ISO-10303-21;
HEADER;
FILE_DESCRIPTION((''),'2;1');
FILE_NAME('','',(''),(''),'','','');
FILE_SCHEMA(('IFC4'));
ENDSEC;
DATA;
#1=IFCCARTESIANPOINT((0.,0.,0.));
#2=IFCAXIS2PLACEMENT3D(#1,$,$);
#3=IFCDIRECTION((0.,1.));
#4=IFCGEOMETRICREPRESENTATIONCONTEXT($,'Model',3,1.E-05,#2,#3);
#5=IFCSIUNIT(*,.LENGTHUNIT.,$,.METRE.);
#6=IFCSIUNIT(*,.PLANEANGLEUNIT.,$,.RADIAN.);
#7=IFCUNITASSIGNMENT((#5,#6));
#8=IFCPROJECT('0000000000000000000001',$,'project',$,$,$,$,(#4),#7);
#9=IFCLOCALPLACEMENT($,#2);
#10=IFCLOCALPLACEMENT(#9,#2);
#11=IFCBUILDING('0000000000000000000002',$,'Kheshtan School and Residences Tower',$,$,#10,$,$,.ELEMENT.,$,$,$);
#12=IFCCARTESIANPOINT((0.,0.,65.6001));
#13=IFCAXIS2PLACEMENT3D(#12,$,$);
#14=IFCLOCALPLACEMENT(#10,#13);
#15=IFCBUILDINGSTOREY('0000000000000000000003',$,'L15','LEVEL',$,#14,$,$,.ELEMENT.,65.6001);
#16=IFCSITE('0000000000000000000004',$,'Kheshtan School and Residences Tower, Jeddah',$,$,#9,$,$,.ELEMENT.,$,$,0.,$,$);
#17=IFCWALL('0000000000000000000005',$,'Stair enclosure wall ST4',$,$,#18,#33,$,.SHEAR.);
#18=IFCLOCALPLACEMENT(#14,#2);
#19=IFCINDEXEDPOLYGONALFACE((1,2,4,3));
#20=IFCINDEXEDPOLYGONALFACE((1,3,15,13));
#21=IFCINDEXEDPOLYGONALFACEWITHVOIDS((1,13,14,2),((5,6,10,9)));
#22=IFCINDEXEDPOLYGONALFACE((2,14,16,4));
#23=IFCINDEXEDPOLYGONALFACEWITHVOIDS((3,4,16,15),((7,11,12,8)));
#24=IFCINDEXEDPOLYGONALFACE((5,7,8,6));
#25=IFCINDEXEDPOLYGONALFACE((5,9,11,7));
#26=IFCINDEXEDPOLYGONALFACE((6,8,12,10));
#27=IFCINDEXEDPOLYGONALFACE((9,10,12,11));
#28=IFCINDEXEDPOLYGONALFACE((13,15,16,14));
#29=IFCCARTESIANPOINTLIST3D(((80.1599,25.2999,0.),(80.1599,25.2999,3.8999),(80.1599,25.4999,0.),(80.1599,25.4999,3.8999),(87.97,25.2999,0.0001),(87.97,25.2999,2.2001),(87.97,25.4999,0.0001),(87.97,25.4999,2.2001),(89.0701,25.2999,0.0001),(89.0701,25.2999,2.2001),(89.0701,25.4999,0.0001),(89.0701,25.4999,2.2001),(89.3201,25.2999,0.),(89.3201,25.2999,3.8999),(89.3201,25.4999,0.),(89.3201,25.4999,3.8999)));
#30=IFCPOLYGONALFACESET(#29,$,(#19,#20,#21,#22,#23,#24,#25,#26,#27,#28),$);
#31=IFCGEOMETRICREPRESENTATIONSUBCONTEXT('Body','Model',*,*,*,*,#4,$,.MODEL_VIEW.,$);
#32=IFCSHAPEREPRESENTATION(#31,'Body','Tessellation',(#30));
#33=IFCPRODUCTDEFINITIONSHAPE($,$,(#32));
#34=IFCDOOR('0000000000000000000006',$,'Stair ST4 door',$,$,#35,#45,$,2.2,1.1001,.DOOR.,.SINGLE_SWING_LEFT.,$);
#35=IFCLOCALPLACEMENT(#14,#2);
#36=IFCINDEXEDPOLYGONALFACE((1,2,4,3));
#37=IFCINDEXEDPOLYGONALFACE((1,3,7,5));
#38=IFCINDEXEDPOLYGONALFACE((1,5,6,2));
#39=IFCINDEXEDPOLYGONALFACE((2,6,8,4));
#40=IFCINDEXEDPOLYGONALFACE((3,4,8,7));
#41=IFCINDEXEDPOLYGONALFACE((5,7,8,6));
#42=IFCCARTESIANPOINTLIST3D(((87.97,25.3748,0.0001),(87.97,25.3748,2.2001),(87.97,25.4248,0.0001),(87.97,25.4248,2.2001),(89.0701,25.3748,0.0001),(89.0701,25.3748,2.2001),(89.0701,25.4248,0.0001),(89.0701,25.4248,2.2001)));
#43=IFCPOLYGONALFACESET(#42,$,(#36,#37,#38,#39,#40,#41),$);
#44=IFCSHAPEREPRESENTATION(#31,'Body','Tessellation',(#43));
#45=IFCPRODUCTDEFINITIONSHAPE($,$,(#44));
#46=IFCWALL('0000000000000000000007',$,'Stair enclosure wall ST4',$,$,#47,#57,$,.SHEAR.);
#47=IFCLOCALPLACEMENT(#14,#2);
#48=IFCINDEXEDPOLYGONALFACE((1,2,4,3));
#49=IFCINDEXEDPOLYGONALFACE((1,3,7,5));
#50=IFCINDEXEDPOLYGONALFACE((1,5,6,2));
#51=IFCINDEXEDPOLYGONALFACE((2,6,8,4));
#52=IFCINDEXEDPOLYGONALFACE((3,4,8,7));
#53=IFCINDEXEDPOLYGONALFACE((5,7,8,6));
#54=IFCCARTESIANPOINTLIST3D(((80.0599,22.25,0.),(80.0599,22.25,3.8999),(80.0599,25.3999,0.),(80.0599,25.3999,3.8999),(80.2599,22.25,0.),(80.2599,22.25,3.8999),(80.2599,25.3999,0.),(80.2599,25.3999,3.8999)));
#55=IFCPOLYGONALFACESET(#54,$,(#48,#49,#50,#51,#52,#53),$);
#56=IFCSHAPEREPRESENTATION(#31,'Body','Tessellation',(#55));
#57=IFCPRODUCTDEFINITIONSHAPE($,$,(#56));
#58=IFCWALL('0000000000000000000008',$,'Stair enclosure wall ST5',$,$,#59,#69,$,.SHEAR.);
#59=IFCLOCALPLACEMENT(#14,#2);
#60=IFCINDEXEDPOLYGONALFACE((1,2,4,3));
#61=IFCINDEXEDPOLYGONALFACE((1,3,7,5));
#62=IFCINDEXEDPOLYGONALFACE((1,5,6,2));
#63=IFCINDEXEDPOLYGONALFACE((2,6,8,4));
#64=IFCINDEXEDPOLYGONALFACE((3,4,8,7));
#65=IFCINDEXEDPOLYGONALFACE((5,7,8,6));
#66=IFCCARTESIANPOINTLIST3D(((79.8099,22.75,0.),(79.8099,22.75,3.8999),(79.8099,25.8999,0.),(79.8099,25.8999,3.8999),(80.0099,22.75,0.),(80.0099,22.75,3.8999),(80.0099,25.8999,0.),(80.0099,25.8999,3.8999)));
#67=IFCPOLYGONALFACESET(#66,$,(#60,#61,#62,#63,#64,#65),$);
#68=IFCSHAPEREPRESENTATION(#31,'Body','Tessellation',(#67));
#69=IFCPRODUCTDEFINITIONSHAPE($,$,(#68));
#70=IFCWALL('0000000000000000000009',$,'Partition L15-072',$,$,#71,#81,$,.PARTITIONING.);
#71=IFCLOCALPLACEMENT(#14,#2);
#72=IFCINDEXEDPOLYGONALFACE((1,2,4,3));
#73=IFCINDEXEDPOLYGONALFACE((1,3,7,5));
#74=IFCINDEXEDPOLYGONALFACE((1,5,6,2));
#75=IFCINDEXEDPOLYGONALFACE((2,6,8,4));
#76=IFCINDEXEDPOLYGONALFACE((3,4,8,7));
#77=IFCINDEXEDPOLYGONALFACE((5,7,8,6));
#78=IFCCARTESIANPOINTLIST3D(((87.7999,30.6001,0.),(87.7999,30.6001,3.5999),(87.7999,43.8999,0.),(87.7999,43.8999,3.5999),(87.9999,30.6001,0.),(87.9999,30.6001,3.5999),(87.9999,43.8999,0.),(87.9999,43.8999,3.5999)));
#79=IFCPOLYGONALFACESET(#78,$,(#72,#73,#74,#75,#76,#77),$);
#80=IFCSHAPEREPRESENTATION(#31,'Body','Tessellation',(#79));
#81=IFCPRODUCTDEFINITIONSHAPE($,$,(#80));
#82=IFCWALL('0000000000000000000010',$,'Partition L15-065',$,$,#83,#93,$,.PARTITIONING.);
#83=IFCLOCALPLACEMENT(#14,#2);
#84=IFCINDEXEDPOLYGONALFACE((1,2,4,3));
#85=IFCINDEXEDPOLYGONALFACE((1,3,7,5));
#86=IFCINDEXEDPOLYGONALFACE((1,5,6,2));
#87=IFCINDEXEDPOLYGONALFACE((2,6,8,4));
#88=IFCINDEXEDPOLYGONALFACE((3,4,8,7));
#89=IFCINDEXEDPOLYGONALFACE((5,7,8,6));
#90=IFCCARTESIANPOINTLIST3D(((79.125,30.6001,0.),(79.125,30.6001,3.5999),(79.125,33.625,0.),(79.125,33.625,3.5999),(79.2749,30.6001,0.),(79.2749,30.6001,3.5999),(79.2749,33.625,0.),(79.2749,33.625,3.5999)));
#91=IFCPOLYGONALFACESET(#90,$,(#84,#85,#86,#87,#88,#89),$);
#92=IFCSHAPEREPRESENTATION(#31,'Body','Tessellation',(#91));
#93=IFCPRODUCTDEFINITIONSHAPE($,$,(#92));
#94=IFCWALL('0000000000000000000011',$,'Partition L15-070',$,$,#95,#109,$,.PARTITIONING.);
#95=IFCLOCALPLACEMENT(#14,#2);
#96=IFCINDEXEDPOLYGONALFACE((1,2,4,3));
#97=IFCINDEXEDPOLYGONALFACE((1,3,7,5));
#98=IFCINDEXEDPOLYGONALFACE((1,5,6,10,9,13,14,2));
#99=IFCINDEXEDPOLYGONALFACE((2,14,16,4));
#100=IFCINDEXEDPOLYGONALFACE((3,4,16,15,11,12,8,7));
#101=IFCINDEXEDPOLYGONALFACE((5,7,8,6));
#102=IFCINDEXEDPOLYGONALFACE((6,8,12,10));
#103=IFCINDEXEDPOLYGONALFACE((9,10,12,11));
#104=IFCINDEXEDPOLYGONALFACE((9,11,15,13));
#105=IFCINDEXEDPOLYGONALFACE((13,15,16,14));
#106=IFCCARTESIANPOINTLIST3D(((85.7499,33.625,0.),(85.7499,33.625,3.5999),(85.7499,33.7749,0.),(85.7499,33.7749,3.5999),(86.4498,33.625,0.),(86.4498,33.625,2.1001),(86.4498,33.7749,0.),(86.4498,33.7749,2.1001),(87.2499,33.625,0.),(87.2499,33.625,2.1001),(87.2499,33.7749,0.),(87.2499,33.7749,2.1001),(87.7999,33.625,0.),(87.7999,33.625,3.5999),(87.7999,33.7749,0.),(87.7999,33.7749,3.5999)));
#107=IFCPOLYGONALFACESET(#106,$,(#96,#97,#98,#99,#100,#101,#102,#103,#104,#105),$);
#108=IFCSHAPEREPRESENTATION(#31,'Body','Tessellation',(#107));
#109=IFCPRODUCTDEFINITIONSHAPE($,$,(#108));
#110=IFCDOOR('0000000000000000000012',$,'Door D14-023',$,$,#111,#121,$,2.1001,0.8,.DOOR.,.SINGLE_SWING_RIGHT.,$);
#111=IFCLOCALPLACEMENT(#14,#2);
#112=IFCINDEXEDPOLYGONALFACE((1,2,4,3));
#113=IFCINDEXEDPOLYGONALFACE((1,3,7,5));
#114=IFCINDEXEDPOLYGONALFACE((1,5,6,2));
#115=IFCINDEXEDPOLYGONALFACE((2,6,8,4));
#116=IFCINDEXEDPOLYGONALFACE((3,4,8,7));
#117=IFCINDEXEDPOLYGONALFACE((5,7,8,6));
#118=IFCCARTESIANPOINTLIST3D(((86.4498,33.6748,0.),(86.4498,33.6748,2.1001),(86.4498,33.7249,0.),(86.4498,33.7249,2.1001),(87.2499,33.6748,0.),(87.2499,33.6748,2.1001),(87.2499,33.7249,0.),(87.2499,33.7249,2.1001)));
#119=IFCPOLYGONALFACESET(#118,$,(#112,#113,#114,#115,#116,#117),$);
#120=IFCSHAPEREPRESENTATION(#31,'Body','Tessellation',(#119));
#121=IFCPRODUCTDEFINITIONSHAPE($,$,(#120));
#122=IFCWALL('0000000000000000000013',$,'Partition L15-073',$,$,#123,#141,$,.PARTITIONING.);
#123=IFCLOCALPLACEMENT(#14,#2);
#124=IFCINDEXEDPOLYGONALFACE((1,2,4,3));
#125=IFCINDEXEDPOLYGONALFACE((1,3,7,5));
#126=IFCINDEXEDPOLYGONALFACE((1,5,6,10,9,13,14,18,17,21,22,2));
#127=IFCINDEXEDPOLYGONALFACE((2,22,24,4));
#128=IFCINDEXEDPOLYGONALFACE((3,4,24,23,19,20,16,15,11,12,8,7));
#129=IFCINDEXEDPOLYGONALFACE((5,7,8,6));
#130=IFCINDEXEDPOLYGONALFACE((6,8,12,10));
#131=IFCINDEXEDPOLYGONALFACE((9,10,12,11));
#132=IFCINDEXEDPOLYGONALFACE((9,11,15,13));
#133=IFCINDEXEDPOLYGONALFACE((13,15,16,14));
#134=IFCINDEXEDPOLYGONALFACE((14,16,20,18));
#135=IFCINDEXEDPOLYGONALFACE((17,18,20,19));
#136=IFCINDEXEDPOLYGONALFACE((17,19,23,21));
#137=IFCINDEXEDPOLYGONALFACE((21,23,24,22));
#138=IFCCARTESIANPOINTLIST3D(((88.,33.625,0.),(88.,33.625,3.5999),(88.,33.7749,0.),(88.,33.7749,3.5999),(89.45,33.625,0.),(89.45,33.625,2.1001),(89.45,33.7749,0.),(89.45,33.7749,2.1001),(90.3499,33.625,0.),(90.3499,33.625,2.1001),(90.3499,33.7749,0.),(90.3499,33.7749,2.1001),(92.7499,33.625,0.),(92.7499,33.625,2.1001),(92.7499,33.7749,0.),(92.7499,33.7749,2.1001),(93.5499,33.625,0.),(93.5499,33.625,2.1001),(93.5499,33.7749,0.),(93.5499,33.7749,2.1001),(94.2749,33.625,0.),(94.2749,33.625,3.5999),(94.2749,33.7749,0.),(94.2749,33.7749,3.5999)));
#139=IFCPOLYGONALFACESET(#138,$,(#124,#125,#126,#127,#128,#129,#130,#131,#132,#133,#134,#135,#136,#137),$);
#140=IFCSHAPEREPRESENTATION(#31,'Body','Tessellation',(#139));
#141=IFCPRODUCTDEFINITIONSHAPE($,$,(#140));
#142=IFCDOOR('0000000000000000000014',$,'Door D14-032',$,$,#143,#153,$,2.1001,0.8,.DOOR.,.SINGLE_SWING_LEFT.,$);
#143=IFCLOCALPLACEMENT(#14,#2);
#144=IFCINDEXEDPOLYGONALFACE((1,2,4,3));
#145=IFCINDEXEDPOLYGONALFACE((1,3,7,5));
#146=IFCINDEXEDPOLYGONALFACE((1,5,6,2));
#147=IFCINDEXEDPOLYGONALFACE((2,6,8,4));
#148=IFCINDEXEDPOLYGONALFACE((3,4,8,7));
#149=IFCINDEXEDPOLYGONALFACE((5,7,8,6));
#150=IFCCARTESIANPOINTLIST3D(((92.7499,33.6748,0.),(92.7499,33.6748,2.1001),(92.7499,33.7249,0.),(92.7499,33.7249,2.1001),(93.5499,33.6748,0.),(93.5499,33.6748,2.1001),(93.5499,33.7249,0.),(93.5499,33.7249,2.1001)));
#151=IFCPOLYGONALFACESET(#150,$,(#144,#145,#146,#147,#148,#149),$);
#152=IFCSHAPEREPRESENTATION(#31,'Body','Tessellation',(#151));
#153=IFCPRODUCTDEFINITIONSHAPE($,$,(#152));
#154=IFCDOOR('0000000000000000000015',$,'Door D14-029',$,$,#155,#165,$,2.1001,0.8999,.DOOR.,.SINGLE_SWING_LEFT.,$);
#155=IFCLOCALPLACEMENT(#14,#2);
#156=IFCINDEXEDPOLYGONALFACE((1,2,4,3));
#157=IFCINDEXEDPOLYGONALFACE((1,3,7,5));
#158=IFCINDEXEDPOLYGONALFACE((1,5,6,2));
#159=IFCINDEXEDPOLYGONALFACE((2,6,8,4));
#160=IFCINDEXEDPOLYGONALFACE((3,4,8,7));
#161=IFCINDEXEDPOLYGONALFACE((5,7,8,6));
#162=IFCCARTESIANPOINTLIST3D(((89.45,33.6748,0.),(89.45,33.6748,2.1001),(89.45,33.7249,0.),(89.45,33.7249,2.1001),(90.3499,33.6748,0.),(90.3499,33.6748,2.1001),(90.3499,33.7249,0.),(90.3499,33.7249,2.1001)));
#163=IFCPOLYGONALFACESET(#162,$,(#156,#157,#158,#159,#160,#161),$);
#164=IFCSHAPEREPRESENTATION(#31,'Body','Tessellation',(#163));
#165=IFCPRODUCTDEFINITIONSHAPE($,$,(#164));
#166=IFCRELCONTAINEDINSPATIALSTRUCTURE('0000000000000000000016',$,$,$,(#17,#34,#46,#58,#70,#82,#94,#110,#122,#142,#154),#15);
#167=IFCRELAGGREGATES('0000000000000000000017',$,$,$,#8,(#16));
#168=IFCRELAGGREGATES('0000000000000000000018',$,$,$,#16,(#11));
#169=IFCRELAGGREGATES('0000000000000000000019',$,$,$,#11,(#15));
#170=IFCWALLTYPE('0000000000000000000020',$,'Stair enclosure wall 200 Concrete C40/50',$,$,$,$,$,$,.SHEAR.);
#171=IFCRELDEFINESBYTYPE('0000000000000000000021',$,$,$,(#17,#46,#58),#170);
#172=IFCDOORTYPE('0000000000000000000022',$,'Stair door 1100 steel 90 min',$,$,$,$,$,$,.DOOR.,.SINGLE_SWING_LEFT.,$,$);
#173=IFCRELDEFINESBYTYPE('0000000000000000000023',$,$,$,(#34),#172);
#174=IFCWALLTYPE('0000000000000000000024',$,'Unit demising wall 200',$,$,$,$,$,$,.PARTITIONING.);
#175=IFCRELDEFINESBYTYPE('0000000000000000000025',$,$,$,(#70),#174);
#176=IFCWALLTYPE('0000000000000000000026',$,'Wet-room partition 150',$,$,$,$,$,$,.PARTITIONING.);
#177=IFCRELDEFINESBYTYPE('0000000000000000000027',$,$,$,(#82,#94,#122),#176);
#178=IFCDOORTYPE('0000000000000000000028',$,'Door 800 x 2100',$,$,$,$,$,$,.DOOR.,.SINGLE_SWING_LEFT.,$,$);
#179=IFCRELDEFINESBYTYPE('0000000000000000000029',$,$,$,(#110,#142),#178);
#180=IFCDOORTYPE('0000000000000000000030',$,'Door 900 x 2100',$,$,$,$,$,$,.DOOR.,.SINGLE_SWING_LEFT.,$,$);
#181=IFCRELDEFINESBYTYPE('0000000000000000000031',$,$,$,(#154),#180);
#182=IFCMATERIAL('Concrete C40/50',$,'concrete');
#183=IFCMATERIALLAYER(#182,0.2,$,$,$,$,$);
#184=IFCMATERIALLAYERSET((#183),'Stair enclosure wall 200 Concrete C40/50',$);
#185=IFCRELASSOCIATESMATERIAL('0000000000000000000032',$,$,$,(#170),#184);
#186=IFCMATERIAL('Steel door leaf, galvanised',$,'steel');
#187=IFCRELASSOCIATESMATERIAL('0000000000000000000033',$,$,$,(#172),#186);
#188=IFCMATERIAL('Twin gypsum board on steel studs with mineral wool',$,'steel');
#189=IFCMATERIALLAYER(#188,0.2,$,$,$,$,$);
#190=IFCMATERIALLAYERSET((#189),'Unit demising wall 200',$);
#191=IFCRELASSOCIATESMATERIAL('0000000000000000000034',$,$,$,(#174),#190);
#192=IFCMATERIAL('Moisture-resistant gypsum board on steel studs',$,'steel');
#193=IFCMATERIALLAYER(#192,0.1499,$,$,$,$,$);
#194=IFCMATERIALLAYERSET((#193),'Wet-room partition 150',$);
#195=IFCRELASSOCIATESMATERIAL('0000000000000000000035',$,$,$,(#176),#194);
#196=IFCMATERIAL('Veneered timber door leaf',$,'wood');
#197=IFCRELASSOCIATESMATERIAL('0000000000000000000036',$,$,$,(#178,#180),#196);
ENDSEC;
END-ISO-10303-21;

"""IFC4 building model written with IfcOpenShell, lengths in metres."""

from ifc_helpers import new_model, si_unit, direction, frame, frame_2d, origin, place, context, subcontext, project, spatial, rectangle, extrude, source, transform, mapped, material, layer, layer_set, type_object, element, fill, save


model = new_model("IFC4")

# Units and contexts
model_context = context("Model", 3, precision=1e-05, world=origin(), true_north=direction((0.0, 1.0)))
body_context = subcontext(model_context, "Body", "Model", "MODEL_VIEW")
ifc_project = project(units=[si_unit("LENGTHUNIT", "METRE"), si_unit("PLANEANGLEUNIT", "RADIAN")], contexts=[model_context])

# Site, building, storey
site_placement = place(None, origin())
site = spatial("IfcSite", under=ifc_project, at=site_placement, Name="Kheshtan School and Residences Tower, Jeddah", CompositionType="ELEMENT", RefElevation=0.0)
building_placement = place(site_placement, origin())
building = spatial("IfcBuilding", under=site, at=building_placement, Name="Kheshtan School and Residences Tower", CompositionType="ELEMENT")
storey_placement = place(building_placement, frame((0.0, 0.0, 65.6001)))
storey = spatial("IfcBuildingStorey", under=building, at=storey_placement, Name="L15", Description="LEVEL", CompositionType="ELEMENT", Elevation=65.6001)

# Shared definitions
ifc_material_1 = material(Name="Concrete C40/50", Category="concrete")
ifc_layer_1 = layer(ifc_material_1, 0.2)
ifc_layer_set_1 = layer_set([ifc_layer_1], Name="Stair enclosure wall 200 Concrete C40/50")
wall_type_1 = type_object("IfcWallType", Name="Stair enclosure wall 200 Concrete C40/50", PredefinedType="SHEAR", material=ifc_layer_set_1)

# Wall, opening, door
wall_1_placement = place(storey_placement, frame((80.1599, 25.3999, 0.0), z_axis=(0.0, 0.0, 1.0), x_axis=(1.0, 0.0, 0.0)))
wall_1 = element("IfcWall", 1, at=wall_1_placement, inside=storey, type_object=wall_type_1, Name="Stair enclosure wall ST4", PredefinedType="SHEAR", context=body_context, shape_type="SweptSolid", body=[
    extrude(rectangle(XDim=9.1602, YDim=0.2, at=frame_2d((4.5801, 0.0))), origin(), (0.0, 0.0, 1.0), 3.8999),
])
opening_1_placement = place(wall_1_placement, frame((7.8101, 0.0, 0.0)))
opening_1 = element("IfcOpeningElement", 2, at=opening_1_placement, cuts=wall_1, PredefinedType="OPENING", context=body_context, shape_type="SweptSolid", body=[
    extrude(rectangle(XDim=1.1001, YDim=2.2, at=frame_2d((0.55, 1.1001))), frame((0.0, 0.1099, 0.0), z_axis=(0.0, -1.0, 0.0), x_axis=(1.0, 0.0, 0.0)), (0.0, 0.0, 1.0), 0.22),
])
ifc_material_2 = material(Name="Steel door leaf, galvanised", Category="steel")
door_type_1 = type_object("IfcDoorType", Name="Stair door 1100 steel 90 min", OperationType="SINGLE_SWING_LEFT", PredefinedType="DOOR", material=ifc_material_2)
shared_shape_1 = source(origin(), body_context, "Body", "SweptSolid", [
    extrude(rectangle(XDim=1.1001, YDim=2.2, at=frame_2d((0.55, 1.1001))), frame((0.0, 0.0249, 0.0), z_axis=(0.0, -1.0, 0.0), x_axis=(1.0, 0.0, 0.0)), (0.0, 0.0, 1.0), 0.05),
])
door_1_placement = place(opening_1_placement, origin())
door_1 = element("IfcDoor", 3, at=door_1_placement, inside=storey, type_object=door_type_1, Name="Stair ST4 door", OperationType="SINGLE_SWING_LEFT", OverallHeight=2.2, OverallWidth=1.1001, PredefinedType="DOOR", context=body_context, shape_type="MappedRepresentation", body=[
    mapped(shared_shape_1, transform((0.0, 0.0, 0.0), x_axis=(1.0, 0.0, 0.0), y_axis=(0.0, 1.0, 0.0), z_axis=(0.0, 0.0, 1.0), scale=1.0)),
])
fill(opening_1, door_1)

# Walls
for number, where, z_axis, x_axis, name in (
    (4, (80.1599, 22.25, 0.0), (0.0, 0.0, 1.0), (0.0, 1.0, 0.0), "Stair enclosure wall ST4"),
    (5, (79.9099, 22.75, 0.0), (0.0, 0.0, 1.0), (0.0, 1.0, 0.0), "Stair enclosure wall ST5"),
):
    element("IfcWall", number, at=place(storey_placement, frame(where, z_axis=z_axis, x_axis=x_axis)), inside=storey, type_object=wall_type_1, Name=name, PredefinedType="SHEAR", context=body_context, shape_type="SweptSolid", body=[
        extrude(rectangle(XDim=3.1499, YDim=0.2, at=frame_2d((1.575, 0.0))), origin(), (0.0, 0.0, 1.0), 3.8999),
    ])
ifc_material_3 = material(Name="Twin gypsum board on steel studs with mineral wool", Category="steel")
ifc_layer_2 = layer(ifc_material_3, 0.2)
ifc_layer_set_2 = layer_set([ifc_layer_2], Name="Unit demising wall 200")
wall_type_2 = type_object("IfcWallType", Name="Unit demising wall 200", PredefinedType="PARTITIONING", material=ifc_layer_set_2)
wall_2_placement = place(storey_placement, frame((87.8999, 30.6001, 0.0), z_axis=(0.0, 0.0, 1.0), x_axis=(0.0, 1.0, 0.0)))
element("IfcWall", 6, at=wall_2_placement, inside=storey, type_object=wall_type_2, Name="Partition L15-072", PredefinedType="PARTITIONING", context=body_context, shape_type="SweptSolid", body=[
    extrude(rectangle(XDim=13.2998, YDim=0.2, at=frame_2d((6.6499, 0.0))), origin(), (0.0, 0.0, 1.0), 3.5999),
])
ifc_material_4 = material(Name="Moisture-resistant gypsum board on steel studs", Category="steel")
ifc_layer_3 = layer(ifc_material_4, 0.1499)
ifc_layer_set_3 = layer_set([ifc_layer_3], Name="Wet-room partition 150")
wall_type_3 = type_object("IfcWallType", Name="Wet-room partition 150", PredefinedType="PARTITIONING", material=ifc_layer_set_3)
wall_3_placement = place(storey_placement, frame((79.2, 30.6001, 0.0), z_axis=(0.0, 0.0, 1.0), x_axis=(0.0, 1.0, 0.0)))
element("IfcWall", 7, at=wall_3_placement, inside=storey, type_object=wall_type_3, Name="Partition L15-065", PredefinedType="PARTITIONING", context=body_context, shape_type="SweptSolid", body=[
    extrude(rectangle(XDim=3.0249, YDim=0.1499, at=frame_2d((1.5125, 0.0))), origin(), (0.0, 0.0, 1.0), 3.5999),
])

# Wall, opening, door
wall_4_placement = place(storey_placement, frame((85.75, 33.7, 0.0), z_axis=(0.0, 0.0, 1.0), x_axis=(1.0, 0.0, 0.0)))
wall_4 = element("IfcWall", 8, at=wall_4_placement, inside=storey, type_object=wall_type_3, Name="Partition L15-070", PredefinedType="PARTITIONING", context=body_context, shape_type="SweptSolid", body=[
    extrude(rectangle(XDim=2.05, YDim=0.1499, at=frame_2d((1.0249, 0.0))), origin(), (0.0, 0.0, 1.0), 3.5999),
])
opening_2_placement = place(wall_4_placement, frame((0.7, 0.0, 0.0)))
opening_2 = element("IfcOpeningElement", 9, at=opening_2_placement, cuts=wall_4, PredefinedType="OPENING", context=body_context, shape_type="SweptSolid", body=[
    extrude(rectangle(XDim=0.8, YDim=2.1001, at=frame_2d((0.3999, 1.05))), frame((0.0, 0.085, 0.0), z_axis=(0.0, -1.0, 0.0), x_axis=(1.0, 0.0, 0.0)), (0.0, 0.0, 1.0), 0.1699),
])
ifc_material_5 = material(Name="Veneered timber door leaf", Category="wood")
door_type_2 = type_object("IfcDoorType", Name="Door 800 x 2100", OperationType="SINGLE_SWING_LEFT", PredefinedType="DOOR", material=ifc_material_5)
shared_shape_2 = source(origin(), body_context, "Body", "SweptSolid", [
    extrude(rectangle(XDim=0.8, YDim=2.1001, at=frame_2d((0.3999, 1.05))), frame((0.0, 0.0249, 0.0), z_axis=(0.0, -1.0, 0.0), x_axis=(1.0, 0.0, 0.0)), (0.0, 0.0, 1.0), 0.05),
])
door_2_placement = place(opening_2_placement, origin())
door_2 = element("IfcDoor", 10, at=door_2_placement, inside=storey, type_object=door_type_2, Name="Door D14-023", OperationType="SINGLE_SWING_RIGHT", OverallHeight=2.1001, OverallWidth=0.8, PredefinedType="DOOR", context=body_context, shape_type="MappedRepresentation", body=[
    mapped(shared_shape_2, transform((0.0, 0.0, 0.0), x_axis=(1.0, 0.0, 0.0), y_axis=(0.0, 1.0, 0.0), z_axis=(0.0, 0.0, 1.0), scale=1.0)),
])
fill(opening_2, door_2)

# Wall, openings, doors
wall_5_placement = place(storey_placement, frame((88.0, 33.7, 0.0), z_axis=(0.0, 0.0, 1.0), x_axis=(1.0, 0.0, 0.0)))
wall_5 = element("IfcWall", 11, at=wall_5_placement, inside=storey, type_object=wall_type_3, Name="Partition L15-073", PredefinedType="PARTITIONING", context=body_context, shape_type="SweptSolid", body=[
    extrude(rectangle(XDim=6.2749, YDim=0.1499, at=frame_2d((3.1375, 0.0))), origin(), (0.0, 0.0, 1.0), 3.5999),
])
opening_3_placement = place(wall_5_placement, frame((1.45, 0.0, 0.0)))
opening_3 = element("IfcOpeningElement", 12, at=opening_3_placement, cuts=wall_5, PredefinedType="OPENING", context=body_context, shape_type="SweptSolid", body=[
    extrude(rectangle(XDim=0.8999, YDim=2.1001, at=frame_2d((0.45, 1.05))), frame((0.0, 0.085, 0.0), z_axis=(0.0, -1.0, 0.0), x_axis=(1.0, 0.0, 0.0)), (0.0, 0.0, 1.0), 0.1699),
])
opening_4_placement = place(wall_5_placement, frame((4.75, 0.0, 0.0)))
opening_4 = element("IfcOpeningElement", 13, at=opening_4_placement, cuts=wall_5, PredefinedType="OPENING", context=body_context, shape_type="SweptSolid", body=[
    extrude(rectangle(XDim=0.8, YDim=2.1001, at=frame_2d((0.3999, 1.05))), frame((0.0, 0.085, 0.0), z_axis=(0.0, -1.0, 0.0), x_axis=(1.0, 0.0, 0.0)), (0.0, 0.0, 1.0), 0.1699),
])
door_3_placement = place(opening_4_placement, origin())
door_3 = element("IfcDoor", 14, at=door_3_placement, inside=storey, type_object=door_type_2, Name="Door D14-032", OperationType="SINGLE_SWING_LEFT", OverallHeight=2.1001, OverallWidth=0.8, PredefinedType="DOOR", context=body_context, shape_type="MappedRepresentation", body=[
    mapped(shared_shape_2, transform((0.0, 0.0, 0.0), x_axis=(1.0, 0.0, 0.0), y_axis=(0.0, 1.0, 0.0), z_axis=(0.0, 0.0, 1.0), scale=1.0)),
])
fill(opening_4, door_3)
door_type_3 = type_object("IfcDoorType", Name="Door 900 x 2100", OperationType="SINGLE_SWING_LEFT", PredefinedType="DOOR", material=ifc_material_5)
shared_shape_3 = source(origin(), body_context, "Body", "SweptSolid", [
    extrude(rectangle(XDim=0.8999, YDim=2.1001, at=frame_2d((0.45, 1.05))), frame((0.0, 0.0249, 0.0), z_axis=(0.0, -1.0, 0.0), x_axis=(1.0, 0.0, 0.0)), (0.0, 0.0, 1.0), 0.05),
])
door_4_placement = place(opening_3_placement, origin())
door_4 = element("IfcDoor", 15, at=door_4_placement, inside=storey, type_object=door_type_3, Name="Door D14-029", OperationType="SINGLE_SWING_LEFT", OverallHeight=2.1001, OverallWidth=0.8999, PredefinedType="DOOR", context=body_context, shape_type="MappedRepresentation", body=[
    mapped(shared_shape_3, transform((0.0, 0.0, 0.0), x_axis=(1.0, 0.0, 0.0), y_axis=(0.0, 1.0, 0.0), z_axis=(0.0, 0.0, 1.0), scale=1.0)),
])
fill(opening_3, door_4)

save(model, "model.ifc")
